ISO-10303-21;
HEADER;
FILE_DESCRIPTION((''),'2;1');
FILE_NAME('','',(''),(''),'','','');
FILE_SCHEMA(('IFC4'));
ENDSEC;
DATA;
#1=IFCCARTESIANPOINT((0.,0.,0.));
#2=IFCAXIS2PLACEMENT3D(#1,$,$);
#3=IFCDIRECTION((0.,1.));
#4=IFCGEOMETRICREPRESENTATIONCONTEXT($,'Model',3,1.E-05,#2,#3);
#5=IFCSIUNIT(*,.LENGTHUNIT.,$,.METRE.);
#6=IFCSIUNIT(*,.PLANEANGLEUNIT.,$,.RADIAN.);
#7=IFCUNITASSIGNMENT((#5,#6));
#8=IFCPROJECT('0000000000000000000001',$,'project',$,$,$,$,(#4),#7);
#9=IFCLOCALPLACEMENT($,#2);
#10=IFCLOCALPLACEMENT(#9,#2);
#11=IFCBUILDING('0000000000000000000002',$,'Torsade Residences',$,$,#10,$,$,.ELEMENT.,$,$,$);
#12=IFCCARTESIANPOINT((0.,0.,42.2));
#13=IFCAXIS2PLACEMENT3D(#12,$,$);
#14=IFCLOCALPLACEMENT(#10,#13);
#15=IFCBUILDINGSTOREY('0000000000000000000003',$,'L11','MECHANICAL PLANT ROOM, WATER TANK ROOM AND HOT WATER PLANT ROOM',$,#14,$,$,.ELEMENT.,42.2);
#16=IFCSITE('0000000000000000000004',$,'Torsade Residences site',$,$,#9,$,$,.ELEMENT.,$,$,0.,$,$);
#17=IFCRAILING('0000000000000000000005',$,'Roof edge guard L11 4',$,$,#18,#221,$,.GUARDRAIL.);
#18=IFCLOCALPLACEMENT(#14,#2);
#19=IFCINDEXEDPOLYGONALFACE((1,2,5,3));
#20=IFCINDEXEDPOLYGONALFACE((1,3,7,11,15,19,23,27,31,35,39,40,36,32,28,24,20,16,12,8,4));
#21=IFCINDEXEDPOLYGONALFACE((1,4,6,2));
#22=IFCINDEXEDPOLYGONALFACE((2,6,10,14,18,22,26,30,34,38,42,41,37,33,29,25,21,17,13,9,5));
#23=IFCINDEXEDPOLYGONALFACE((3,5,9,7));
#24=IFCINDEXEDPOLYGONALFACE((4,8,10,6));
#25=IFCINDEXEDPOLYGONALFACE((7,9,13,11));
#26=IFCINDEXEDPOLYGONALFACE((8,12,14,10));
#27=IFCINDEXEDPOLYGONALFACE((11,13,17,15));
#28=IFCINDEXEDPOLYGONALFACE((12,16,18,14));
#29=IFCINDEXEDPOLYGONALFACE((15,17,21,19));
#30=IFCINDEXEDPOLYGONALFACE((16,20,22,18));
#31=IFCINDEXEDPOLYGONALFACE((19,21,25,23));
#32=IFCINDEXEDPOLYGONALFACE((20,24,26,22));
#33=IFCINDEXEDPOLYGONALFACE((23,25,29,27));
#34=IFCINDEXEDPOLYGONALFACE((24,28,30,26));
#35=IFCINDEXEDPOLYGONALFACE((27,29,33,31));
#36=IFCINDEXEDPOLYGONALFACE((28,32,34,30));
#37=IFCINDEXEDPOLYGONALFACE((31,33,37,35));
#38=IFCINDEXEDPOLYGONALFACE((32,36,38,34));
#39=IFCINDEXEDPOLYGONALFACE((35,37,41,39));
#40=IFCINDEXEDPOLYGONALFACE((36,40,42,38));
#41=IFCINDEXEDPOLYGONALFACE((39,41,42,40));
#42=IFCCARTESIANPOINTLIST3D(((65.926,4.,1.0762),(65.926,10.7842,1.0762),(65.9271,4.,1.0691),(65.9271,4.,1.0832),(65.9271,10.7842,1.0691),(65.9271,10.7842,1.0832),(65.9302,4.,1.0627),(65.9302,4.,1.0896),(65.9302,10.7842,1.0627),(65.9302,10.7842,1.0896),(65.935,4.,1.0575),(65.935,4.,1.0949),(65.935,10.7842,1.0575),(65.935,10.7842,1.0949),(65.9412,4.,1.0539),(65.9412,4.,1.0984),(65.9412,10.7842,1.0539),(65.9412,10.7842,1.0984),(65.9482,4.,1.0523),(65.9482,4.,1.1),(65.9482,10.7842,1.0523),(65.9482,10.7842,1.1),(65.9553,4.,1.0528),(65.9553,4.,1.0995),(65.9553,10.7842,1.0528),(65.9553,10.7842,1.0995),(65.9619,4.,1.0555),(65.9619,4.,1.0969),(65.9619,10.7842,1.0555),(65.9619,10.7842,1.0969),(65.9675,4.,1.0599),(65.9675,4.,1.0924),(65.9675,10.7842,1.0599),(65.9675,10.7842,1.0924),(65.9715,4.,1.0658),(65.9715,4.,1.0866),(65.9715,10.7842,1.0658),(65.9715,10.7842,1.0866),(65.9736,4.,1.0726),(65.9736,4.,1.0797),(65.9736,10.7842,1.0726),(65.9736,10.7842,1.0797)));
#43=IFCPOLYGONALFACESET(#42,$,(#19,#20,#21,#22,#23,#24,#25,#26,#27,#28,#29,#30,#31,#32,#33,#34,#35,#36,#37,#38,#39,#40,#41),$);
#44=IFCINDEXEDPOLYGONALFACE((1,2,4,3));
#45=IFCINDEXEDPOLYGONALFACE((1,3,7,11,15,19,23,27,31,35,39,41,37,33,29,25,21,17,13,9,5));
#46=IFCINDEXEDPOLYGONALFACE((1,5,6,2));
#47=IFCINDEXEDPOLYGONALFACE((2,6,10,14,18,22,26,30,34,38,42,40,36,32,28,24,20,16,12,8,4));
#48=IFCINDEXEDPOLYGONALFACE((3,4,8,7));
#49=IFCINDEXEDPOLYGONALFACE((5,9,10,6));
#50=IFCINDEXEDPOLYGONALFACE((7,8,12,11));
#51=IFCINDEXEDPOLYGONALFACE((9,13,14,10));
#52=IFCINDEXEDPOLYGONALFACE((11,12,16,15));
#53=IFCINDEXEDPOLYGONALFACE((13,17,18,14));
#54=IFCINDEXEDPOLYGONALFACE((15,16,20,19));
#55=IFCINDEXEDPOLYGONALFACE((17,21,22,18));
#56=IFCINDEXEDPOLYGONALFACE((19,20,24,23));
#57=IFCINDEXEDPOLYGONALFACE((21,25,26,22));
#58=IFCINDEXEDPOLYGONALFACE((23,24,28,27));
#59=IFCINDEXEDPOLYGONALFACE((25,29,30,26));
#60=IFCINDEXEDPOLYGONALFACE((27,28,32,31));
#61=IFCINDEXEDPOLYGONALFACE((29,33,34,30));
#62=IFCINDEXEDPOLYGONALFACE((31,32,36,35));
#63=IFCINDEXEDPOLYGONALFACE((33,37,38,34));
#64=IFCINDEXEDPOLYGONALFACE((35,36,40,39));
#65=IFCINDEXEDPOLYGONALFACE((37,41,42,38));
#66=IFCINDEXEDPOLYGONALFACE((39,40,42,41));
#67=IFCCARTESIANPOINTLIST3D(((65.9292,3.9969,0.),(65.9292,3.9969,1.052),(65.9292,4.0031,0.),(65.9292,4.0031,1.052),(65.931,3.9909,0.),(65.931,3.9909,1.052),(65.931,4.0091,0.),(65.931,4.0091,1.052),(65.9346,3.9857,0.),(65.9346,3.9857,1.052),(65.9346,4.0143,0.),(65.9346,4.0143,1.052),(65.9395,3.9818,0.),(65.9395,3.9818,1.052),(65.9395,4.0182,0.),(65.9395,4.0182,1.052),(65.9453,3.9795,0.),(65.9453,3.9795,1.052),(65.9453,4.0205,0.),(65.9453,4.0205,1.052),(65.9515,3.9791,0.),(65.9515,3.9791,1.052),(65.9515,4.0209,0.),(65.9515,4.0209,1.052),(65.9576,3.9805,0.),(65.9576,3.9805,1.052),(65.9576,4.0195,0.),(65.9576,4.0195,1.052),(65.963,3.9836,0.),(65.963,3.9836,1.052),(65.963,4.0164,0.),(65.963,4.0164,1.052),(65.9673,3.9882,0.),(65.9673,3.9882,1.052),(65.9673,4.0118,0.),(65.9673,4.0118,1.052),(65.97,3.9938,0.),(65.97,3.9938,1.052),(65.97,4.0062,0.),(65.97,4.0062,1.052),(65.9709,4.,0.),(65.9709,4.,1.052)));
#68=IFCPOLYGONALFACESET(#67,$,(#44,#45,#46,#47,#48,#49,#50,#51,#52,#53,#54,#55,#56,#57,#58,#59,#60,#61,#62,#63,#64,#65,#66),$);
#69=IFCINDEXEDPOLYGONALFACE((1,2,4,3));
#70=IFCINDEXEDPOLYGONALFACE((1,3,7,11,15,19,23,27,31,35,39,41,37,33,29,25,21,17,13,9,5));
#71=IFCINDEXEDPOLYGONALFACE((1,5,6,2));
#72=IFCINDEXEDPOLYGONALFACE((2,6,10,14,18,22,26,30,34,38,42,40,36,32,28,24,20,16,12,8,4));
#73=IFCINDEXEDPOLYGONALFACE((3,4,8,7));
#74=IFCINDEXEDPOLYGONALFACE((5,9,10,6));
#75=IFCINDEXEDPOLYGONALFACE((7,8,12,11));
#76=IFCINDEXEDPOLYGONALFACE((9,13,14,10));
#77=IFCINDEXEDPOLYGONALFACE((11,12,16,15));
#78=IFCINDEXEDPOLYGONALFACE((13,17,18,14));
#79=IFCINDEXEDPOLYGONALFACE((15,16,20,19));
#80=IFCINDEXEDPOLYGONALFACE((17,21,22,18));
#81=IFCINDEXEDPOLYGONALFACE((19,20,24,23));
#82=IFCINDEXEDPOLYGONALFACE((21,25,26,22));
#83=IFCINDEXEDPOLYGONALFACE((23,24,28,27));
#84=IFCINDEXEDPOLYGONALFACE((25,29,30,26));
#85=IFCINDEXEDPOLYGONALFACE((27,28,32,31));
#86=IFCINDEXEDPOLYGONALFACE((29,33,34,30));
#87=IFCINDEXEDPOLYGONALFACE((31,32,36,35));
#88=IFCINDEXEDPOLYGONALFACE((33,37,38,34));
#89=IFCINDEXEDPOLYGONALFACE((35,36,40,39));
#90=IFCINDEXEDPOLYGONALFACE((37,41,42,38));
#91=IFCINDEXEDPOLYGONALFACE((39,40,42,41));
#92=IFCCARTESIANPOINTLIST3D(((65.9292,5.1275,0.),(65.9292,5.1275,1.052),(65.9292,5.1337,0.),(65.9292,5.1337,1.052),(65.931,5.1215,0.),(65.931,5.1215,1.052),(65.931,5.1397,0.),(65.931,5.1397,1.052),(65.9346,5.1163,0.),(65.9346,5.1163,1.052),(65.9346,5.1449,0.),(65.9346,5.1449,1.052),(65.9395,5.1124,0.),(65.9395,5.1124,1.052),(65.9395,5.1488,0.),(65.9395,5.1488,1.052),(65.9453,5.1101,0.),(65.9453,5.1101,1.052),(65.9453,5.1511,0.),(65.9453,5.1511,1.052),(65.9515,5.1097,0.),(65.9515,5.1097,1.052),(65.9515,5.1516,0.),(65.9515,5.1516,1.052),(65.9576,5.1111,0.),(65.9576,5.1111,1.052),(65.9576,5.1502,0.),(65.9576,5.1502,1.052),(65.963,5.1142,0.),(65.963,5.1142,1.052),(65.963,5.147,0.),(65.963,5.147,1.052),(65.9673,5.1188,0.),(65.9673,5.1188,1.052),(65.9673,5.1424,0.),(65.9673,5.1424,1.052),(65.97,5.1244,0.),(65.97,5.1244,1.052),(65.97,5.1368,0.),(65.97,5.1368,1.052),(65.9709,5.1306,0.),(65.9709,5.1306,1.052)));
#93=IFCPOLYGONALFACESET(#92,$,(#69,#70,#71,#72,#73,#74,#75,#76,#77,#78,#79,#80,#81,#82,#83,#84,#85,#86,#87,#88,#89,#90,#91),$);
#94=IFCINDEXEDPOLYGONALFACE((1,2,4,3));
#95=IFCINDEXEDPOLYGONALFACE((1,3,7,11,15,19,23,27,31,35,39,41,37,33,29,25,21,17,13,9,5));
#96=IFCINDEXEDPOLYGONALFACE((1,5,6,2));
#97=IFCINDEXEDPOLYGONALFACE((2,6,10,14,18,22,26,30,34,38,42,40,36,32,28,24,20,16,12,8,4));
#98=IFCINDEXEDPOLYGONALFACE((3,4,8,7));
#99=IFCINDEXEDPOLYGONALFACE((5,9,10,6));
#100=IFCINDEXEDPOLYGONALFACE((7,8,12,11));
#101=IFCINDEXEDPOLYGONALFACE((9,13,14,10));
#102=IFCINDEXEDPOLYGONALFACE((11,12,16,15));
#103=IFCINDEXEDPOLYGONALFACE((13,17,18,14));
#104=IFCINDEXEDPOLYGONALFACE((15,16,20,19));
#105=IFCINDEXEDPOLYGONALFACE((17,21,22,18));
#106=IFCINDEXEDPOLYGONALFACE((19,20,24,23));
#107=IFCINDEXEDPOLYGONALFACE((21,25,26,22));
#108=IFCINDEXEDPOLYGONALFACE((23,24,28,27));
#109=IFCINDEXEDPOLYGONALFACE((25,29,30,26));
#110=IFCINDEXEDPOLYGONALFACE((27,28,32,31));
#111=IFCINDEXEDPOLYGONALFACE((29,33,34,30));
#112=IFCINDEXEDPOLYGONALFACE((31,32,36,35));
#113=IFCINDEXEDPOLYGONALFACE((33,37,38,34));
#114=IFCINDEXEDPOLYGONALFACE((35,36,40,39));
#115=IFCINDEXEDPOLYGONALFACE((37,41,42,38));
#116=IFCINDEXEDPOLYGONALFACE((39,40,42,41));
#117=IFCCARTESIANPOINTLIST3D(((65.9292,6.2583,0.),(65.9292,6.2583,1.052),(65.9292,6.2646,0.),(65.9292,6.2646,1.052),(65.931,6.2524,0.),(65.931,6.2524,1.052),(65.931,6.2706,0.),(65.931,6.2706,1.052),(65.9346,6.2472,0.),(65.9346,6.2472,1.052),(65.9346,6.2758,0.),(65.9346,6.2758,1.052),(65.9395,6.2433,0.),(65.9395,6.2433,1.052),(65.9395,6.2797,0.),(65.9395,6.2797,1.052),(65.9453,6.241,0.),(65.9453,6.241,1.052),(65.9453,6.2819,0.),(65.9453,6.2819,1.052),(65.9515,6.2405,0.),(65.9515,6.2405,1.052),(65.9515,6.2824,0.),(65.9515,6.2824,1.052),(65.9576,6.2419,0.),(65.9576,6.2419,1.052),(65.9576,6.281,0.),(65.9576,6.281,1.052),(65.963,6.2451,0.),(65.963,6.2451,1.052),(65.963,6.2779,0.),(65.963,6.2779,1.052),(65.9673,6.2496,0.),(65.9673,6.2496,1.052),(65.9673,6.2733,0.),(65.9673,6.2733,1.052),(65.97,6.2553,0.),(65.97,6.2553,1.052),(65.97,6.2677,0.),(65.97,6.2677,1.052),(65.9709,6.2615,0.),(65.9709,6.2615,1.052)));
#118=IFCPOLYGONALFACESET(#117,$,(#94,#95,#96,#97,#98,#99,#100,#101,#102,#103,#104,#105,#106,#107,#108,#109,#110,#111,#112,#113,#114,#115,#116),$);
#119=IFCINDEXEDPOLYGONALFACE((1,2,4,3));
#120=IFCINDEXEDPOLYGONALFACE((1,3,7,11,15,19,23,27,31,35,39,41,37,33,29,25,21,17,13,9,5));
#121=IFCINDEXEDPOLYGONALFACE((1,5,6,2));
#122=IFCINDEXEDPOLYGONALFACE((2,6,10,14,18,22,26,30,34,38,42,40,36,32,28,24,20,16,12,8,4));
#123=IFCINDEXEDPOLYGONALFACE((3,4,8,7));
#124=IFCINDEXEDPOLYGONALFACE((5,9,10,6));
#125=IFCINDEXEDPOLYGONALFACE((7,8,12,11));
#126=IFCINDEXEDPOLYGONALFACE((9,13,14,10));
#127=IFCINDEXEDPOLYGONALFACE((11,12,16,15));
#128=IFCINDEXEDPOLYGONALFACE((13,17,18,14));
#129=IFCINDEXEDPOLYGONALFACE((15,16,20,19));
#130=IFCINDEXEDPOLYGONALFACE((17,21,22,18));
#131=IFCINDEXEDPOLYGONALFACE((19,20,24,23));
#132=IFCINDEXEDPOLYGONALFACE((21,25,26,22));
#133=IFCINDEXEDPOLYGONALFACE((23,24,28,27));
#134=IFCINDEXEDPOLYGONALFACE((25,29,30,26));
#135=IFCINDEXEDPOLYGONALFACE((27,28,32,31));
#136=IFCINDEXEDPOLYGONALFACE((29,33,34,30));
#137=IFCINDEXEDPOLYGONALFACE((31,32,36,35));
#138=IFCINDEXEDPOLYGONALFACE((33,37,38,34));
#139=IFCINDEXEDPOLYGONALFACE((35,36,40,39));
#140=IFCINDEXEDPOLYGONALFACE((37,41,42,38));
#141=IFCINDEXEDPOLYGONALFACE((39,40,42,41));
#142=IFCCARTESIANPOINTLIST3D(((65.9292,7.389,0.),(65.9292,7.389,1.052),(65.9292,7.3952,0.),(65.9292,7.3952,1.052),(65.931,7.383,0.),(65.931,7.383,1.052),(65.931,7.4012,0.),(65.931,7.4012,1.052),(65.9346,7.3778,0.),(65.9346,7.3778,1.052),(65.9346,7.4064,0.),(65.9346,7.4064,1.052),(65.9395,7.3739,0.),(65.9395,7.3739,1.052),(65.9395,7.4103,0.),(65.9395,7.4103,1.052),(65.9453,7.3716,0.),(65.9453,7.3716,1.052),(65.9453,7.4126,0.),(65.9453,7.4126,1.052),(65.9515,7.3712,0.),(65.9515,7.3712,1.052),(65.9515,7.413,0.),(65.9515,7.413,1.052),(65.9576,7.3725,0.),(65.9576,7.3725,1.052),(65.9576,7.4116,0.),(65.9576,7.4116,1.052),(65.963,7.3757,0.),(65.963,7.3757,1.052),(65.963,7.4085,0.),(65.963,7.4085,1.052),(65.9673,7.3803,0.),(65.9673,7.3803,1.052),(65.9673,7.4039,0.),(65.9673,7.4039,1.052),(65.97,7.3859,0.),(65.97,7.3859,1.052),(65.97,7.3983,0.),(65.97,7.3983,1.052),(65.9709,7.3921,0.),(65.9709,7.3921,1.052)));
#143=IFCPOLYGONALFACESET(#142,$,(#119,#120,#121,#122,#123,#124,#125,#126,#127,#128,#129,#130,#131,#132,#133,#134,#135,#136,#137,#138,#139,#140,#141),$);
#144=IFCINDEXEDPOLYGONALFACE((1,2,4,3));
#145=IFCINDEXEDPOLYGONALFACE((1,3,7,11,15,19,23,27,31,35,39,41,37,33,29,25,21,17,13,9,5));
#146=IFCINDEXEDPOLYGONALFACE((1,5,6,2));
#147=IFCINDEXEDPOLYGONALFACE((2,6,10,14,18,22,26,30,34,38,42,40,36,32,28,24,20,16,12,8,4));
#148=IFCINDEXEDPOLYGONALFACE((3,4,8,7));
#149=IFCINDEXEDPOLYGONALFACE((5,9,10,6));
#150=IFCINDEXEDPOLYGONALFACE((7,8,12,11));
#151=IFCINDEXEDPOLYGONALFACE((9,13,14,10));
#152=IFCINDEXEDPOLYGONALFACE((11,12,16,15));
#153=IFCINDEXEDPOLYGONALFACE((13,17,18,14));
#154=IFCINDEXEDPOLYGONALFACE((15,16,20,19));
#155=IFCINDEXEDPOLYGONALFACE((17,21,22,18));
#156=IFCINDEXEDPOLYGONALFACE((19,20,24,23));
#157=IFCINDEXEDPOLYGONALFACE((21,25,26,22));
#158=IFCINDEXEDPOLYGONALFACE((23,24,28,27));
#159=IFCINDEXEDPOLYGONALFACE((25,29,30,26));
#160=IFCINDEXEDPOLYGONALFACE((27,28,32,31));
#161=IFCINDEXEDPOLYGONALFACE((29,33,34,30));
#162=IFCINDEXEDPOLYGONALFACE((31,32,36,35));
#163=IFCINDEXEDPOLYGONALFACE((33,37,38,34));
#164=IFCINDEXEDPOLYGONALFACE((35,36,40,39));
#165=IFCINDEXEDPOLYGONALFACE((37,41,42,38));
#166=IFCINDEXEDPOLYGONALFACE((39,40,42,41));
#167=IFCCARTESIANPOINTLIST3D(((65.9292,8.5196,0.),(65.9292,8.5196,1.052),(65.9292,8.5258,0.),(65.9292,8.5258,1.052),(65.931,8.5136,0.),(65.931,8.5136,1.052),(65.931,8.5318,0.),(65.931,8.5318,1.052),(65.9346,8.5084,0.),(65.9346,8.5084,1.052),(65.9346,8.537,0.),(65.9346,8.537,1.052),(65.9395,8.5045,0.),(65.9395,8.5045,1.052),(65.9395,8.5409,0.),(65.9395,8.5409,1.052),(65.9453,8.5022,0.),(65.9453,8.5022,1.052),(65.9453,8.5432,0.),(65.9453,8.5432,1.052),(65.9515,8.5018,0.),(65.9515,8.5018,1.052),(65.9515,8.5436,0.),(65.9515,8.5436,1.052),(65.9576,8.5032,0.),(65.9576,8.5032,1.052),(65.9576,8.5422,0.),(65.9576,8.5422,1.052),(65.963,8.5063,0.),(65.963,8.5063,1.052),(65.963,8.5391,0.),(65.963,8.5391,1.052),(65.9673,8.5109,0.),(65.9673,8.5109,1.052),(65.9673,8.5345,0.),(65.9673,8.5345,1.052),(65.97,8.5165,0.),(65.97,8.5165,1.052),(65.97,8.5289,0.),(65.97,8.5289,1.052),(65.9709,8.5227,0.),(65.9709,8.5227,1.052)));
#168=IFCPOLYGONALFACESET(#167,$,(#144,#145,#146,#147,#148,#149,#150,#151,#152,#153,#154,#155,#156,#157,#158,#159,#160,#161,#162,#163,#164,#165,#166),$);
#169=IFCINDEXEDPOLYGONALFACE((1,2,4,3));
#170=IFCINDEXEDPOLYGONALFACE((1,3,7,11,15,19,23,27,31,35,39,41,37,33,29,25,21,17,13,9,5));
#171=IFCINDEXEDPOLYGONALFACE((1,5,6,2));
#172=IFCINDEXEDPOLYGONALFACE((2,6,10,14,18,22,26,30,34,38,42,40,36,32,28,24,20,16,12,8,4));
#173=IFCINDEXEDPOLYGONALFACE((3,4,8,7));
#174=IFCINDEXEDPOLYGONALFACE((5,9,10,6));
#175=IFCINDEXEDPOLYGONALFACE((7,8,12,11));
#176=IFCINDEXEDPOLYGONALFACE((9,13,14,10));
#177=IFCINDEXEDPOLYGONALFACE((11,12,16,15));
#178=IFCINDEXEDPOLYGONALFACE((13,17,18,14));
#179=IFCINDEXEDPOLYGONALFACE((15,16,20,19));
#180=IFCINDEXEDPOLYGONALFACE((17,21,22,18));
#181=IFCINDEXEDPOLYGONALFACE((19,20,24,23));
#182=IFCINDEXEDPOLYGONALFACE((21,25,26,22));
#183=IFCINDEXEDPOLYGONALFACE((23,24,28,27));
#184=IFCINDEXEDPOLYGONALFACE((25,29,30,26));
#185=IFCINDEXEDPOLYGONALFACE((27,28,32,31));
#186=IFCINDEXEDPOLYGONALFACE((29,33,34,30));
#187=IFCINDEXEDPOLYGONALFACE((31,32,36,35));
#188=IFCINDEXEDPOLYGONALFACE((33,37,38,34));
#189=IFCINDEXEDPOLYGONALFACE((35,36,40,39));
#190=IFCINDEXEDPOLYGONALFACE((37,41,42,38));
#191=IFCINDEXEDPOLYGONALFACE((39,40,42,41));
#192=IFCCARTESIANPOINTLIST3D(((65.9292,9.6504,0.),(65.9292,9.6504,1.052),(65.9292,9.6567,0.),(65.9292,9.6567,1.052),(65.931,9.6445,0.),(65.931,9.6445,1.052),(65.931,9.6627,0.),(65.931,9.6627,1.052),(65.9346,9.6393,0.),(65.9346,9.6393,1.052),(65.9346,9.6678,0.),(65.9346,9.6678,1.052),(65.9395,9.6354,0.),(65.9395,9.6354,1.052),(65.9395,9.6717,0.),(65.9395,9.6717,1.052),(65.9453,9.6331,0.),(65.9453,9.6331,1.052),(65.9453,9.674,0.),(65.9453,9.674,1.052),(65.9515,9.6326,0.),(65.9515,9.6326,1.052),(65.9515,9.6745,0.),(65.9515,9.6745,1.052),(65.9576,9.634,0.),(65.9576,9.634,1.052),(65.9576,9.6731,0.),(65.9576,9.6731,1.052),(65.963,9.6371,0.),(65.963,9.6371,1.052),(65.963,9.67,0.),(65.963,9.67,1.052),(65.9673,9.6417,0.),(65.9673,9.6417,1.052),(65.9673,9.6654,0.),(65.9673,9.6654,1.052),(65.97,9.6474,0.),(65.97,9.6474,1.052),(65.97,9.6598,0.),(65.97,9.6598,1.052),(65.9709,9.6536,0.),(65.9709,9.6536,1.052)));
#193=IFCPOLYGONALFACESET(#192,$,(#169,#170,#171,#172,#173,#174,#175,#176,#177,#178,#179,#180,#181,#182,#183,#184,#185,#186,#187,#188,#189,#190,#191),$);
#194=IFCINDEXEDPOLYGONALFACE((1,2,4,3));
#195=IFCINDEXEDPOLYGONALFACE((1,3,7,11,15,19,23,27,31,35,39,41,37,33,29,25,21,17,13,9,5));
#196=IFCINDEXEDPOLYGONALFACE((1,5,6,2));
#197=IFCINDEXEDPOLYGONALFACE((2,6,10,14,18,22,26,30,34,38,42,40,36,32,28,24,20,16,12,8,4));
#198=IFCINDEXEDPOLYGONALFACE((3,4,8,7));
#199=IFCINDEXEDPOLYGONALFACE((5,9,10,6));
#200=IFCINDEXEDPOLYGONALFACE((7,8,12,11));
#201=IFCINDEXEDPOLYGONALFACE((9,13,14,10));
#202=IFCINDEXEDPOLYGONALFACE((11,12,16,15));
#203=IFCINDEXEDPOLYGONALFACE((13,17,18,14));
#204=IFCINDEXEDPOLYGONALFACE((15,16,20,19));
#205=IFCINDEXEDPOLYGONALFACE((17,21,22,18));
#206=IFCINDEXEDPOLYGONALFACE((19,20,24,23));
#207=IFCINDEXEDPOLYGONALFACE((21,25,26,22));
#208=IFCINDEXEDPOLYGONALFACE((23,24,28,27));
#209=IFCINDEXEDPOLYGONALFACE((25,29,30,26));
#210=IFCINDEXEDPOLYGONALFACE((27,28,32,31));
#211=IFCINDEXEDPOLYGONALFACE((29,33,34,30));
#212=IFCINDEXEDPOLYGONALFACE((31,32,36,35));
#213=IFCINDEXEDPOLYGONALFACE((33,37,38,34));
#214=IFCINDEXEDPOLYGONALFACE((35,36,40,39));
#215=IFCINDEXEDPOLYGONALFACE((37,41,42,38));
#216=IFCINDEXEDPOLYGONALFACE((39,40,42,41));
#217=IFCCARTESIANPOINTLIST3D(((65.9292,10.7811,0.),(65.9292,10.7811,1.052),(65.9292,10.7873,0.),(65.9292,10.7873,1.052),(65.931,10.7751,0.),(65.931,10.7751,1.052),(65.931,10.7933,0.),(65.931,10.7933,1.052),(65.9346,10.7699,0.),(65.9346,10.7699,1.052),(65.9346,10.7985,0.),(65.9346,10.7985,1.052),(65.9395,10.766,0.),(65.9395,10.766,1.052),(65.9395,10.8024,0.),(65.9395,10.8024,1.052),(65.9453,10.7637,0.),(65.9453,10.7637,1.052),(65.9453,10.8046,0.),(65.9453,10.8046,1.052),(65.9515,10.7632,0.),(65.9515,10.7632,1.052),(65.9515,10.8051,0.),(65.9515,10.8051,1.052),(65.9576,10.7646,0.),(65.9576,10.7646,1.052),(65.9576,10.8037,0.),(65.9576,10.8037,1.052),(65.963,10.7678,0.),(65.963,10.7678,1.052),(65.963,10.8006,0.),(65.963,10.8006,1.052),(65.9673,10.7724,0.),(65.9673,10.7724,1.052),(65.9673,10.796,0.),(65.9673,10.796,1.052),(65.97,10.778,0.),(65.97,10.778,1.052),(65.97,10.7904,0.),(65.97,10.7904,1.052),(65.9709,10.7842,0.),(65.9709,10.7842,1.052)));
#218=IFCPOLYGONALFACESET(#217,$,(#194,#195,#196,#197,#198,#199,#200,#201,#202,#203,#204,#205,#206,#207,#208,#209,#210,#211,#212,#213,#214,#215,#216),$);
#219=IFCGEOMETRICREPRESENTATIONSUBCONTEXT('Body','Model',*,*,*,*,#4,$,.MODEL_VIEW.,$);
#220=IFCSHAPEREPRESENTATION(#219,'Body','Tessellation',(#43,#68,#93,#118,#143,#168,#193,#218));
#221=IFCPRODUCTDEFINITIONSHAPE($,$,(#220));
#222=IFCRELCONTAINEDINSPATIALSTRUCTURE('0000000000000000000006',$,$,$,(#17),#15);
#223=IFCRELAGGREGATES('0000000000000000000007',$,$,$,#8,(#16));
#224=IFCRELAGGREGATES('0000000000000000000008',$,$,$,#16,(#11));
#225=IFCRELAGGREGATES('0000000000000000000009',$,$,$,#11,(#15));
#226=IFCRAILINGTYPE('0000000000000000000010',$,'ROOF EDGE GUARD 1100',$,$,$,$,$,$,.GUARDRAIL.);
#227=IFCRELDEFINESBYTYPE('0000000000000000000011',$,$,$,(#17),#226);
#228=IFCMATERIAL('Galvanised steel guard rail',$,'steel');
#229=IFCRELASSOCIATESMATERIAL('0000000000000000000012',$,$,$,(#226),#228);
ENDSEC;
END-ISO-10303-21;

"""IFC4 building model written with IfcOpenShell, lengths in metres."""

from ifc_helpers import new_model, si_unit, direction, frame, origin, origin_2d, place, context, subcontext, project, spatial, circle, extrude, material, type_object, element, save


model = new_model("IFC4")

# Units and contexts
model_context = context("Model", 3, precision=1e-05, world=origin(), true_north=direction((0.0, 1.0)))
body_context = subcontext(model_context, "Body", "Model", "MODEL_VIEW")
ifc_project = project(units=[si_unit("LENGTHUNIT", "METRE"), si_unit("PLANEANGLEUNIT", "RADIAN")], contexts=[model_context])

# Site, building, storey
site_placement = place(None, origin())
site = spatial("IfcSite", under=ifc_project, at=site_placement, Name="Torsade Residences site", CompositionType="ELEMENT", RefElevation=0.0)
building_placement = place(site_placement, origin())
building = spatial("IfcBuilding", under=site, at=building_placement, Name="Torsade Residences", CompositionType="ELEMENT")
storey_placement = place(building_placement, frame((0.0, 0.0, 42.2)))
storey = spatial("IfcBuildingStorey", under=building, at=storey_placement, Name="L11", Description="MECHANICAL PLANT ROOM, WATER TANK ROOM AND HOT WATER PLANT ROOM", CompositionType="ELEMENT", Elevation=42.2)

# Railing
ifc_material_1 = material(Name="Galvanised steel guard rail", Category="steel")
railing_type = type_object("IfcRailingType", Name="ROOF EDGE GUARD 1100", PredefinedType="GUARDRAIL", material=ifc_material_1)
railing_1_placement = place(storey_placement, frame((65.95, 4.0, 0.0)))
element("IfcRailing", 1, at=railing_1_placement, inside=storey, type_object=railing_type, Name="Roof edge guard L11 4", PredefinedType="GUARDRAIL", context=body_context, shape_type="SweptSolid", body=[
    extrude(circle(Radius=0.0239, at=origin_2d()), frame((0.0, 0.0, 1.0762), z_axis=(0.0, 1.0, 0.0), x_axis=(-1.0, 0.0, 0.0)), (0.0, 0.0, 1.0), 6.7842),
    extrude(circle(Radius=0.021, at=origin_2d()), origin(), (0.0, 0.0, 1.0), 1.052),
    extrude(circle(Radius=0.021, at=origin_2d()), frame((0.0, 1.1306, 0.0)), (0.0, 0.0, 1.0), 1.052),
    extrude(circle(Radius=0.021, at=origin_2d()), frame((0.0, 2.2615, 0.0)), (0.0, 0.0, 1.0), 1.052),
    extrude(circle(Radius=0.021, at=origin_2d()), frame((0.0, 3.3921, 0.0)), (0.0, 0.0, 1.0), 1.052),
    extrude(circle(Radius=0.021, at=origin_2d()), frame((0.0, 4.5227, 0.0)), (0.0, 0.0, 1.0), 1.052),
    extrude(circle(Radius=0.021, at=origin_2d()), frame((0.0, 5.6536, 0.0)), (0.0, 0.0, 1.0), 1.052),
    extrude(circle(Radius=0.021, at=origin_2d()), frame((0.0, 6.7842, 0.0)), (0.0, 0.0, 1.0), 1.052),
])

save(model, "model.ifc")
